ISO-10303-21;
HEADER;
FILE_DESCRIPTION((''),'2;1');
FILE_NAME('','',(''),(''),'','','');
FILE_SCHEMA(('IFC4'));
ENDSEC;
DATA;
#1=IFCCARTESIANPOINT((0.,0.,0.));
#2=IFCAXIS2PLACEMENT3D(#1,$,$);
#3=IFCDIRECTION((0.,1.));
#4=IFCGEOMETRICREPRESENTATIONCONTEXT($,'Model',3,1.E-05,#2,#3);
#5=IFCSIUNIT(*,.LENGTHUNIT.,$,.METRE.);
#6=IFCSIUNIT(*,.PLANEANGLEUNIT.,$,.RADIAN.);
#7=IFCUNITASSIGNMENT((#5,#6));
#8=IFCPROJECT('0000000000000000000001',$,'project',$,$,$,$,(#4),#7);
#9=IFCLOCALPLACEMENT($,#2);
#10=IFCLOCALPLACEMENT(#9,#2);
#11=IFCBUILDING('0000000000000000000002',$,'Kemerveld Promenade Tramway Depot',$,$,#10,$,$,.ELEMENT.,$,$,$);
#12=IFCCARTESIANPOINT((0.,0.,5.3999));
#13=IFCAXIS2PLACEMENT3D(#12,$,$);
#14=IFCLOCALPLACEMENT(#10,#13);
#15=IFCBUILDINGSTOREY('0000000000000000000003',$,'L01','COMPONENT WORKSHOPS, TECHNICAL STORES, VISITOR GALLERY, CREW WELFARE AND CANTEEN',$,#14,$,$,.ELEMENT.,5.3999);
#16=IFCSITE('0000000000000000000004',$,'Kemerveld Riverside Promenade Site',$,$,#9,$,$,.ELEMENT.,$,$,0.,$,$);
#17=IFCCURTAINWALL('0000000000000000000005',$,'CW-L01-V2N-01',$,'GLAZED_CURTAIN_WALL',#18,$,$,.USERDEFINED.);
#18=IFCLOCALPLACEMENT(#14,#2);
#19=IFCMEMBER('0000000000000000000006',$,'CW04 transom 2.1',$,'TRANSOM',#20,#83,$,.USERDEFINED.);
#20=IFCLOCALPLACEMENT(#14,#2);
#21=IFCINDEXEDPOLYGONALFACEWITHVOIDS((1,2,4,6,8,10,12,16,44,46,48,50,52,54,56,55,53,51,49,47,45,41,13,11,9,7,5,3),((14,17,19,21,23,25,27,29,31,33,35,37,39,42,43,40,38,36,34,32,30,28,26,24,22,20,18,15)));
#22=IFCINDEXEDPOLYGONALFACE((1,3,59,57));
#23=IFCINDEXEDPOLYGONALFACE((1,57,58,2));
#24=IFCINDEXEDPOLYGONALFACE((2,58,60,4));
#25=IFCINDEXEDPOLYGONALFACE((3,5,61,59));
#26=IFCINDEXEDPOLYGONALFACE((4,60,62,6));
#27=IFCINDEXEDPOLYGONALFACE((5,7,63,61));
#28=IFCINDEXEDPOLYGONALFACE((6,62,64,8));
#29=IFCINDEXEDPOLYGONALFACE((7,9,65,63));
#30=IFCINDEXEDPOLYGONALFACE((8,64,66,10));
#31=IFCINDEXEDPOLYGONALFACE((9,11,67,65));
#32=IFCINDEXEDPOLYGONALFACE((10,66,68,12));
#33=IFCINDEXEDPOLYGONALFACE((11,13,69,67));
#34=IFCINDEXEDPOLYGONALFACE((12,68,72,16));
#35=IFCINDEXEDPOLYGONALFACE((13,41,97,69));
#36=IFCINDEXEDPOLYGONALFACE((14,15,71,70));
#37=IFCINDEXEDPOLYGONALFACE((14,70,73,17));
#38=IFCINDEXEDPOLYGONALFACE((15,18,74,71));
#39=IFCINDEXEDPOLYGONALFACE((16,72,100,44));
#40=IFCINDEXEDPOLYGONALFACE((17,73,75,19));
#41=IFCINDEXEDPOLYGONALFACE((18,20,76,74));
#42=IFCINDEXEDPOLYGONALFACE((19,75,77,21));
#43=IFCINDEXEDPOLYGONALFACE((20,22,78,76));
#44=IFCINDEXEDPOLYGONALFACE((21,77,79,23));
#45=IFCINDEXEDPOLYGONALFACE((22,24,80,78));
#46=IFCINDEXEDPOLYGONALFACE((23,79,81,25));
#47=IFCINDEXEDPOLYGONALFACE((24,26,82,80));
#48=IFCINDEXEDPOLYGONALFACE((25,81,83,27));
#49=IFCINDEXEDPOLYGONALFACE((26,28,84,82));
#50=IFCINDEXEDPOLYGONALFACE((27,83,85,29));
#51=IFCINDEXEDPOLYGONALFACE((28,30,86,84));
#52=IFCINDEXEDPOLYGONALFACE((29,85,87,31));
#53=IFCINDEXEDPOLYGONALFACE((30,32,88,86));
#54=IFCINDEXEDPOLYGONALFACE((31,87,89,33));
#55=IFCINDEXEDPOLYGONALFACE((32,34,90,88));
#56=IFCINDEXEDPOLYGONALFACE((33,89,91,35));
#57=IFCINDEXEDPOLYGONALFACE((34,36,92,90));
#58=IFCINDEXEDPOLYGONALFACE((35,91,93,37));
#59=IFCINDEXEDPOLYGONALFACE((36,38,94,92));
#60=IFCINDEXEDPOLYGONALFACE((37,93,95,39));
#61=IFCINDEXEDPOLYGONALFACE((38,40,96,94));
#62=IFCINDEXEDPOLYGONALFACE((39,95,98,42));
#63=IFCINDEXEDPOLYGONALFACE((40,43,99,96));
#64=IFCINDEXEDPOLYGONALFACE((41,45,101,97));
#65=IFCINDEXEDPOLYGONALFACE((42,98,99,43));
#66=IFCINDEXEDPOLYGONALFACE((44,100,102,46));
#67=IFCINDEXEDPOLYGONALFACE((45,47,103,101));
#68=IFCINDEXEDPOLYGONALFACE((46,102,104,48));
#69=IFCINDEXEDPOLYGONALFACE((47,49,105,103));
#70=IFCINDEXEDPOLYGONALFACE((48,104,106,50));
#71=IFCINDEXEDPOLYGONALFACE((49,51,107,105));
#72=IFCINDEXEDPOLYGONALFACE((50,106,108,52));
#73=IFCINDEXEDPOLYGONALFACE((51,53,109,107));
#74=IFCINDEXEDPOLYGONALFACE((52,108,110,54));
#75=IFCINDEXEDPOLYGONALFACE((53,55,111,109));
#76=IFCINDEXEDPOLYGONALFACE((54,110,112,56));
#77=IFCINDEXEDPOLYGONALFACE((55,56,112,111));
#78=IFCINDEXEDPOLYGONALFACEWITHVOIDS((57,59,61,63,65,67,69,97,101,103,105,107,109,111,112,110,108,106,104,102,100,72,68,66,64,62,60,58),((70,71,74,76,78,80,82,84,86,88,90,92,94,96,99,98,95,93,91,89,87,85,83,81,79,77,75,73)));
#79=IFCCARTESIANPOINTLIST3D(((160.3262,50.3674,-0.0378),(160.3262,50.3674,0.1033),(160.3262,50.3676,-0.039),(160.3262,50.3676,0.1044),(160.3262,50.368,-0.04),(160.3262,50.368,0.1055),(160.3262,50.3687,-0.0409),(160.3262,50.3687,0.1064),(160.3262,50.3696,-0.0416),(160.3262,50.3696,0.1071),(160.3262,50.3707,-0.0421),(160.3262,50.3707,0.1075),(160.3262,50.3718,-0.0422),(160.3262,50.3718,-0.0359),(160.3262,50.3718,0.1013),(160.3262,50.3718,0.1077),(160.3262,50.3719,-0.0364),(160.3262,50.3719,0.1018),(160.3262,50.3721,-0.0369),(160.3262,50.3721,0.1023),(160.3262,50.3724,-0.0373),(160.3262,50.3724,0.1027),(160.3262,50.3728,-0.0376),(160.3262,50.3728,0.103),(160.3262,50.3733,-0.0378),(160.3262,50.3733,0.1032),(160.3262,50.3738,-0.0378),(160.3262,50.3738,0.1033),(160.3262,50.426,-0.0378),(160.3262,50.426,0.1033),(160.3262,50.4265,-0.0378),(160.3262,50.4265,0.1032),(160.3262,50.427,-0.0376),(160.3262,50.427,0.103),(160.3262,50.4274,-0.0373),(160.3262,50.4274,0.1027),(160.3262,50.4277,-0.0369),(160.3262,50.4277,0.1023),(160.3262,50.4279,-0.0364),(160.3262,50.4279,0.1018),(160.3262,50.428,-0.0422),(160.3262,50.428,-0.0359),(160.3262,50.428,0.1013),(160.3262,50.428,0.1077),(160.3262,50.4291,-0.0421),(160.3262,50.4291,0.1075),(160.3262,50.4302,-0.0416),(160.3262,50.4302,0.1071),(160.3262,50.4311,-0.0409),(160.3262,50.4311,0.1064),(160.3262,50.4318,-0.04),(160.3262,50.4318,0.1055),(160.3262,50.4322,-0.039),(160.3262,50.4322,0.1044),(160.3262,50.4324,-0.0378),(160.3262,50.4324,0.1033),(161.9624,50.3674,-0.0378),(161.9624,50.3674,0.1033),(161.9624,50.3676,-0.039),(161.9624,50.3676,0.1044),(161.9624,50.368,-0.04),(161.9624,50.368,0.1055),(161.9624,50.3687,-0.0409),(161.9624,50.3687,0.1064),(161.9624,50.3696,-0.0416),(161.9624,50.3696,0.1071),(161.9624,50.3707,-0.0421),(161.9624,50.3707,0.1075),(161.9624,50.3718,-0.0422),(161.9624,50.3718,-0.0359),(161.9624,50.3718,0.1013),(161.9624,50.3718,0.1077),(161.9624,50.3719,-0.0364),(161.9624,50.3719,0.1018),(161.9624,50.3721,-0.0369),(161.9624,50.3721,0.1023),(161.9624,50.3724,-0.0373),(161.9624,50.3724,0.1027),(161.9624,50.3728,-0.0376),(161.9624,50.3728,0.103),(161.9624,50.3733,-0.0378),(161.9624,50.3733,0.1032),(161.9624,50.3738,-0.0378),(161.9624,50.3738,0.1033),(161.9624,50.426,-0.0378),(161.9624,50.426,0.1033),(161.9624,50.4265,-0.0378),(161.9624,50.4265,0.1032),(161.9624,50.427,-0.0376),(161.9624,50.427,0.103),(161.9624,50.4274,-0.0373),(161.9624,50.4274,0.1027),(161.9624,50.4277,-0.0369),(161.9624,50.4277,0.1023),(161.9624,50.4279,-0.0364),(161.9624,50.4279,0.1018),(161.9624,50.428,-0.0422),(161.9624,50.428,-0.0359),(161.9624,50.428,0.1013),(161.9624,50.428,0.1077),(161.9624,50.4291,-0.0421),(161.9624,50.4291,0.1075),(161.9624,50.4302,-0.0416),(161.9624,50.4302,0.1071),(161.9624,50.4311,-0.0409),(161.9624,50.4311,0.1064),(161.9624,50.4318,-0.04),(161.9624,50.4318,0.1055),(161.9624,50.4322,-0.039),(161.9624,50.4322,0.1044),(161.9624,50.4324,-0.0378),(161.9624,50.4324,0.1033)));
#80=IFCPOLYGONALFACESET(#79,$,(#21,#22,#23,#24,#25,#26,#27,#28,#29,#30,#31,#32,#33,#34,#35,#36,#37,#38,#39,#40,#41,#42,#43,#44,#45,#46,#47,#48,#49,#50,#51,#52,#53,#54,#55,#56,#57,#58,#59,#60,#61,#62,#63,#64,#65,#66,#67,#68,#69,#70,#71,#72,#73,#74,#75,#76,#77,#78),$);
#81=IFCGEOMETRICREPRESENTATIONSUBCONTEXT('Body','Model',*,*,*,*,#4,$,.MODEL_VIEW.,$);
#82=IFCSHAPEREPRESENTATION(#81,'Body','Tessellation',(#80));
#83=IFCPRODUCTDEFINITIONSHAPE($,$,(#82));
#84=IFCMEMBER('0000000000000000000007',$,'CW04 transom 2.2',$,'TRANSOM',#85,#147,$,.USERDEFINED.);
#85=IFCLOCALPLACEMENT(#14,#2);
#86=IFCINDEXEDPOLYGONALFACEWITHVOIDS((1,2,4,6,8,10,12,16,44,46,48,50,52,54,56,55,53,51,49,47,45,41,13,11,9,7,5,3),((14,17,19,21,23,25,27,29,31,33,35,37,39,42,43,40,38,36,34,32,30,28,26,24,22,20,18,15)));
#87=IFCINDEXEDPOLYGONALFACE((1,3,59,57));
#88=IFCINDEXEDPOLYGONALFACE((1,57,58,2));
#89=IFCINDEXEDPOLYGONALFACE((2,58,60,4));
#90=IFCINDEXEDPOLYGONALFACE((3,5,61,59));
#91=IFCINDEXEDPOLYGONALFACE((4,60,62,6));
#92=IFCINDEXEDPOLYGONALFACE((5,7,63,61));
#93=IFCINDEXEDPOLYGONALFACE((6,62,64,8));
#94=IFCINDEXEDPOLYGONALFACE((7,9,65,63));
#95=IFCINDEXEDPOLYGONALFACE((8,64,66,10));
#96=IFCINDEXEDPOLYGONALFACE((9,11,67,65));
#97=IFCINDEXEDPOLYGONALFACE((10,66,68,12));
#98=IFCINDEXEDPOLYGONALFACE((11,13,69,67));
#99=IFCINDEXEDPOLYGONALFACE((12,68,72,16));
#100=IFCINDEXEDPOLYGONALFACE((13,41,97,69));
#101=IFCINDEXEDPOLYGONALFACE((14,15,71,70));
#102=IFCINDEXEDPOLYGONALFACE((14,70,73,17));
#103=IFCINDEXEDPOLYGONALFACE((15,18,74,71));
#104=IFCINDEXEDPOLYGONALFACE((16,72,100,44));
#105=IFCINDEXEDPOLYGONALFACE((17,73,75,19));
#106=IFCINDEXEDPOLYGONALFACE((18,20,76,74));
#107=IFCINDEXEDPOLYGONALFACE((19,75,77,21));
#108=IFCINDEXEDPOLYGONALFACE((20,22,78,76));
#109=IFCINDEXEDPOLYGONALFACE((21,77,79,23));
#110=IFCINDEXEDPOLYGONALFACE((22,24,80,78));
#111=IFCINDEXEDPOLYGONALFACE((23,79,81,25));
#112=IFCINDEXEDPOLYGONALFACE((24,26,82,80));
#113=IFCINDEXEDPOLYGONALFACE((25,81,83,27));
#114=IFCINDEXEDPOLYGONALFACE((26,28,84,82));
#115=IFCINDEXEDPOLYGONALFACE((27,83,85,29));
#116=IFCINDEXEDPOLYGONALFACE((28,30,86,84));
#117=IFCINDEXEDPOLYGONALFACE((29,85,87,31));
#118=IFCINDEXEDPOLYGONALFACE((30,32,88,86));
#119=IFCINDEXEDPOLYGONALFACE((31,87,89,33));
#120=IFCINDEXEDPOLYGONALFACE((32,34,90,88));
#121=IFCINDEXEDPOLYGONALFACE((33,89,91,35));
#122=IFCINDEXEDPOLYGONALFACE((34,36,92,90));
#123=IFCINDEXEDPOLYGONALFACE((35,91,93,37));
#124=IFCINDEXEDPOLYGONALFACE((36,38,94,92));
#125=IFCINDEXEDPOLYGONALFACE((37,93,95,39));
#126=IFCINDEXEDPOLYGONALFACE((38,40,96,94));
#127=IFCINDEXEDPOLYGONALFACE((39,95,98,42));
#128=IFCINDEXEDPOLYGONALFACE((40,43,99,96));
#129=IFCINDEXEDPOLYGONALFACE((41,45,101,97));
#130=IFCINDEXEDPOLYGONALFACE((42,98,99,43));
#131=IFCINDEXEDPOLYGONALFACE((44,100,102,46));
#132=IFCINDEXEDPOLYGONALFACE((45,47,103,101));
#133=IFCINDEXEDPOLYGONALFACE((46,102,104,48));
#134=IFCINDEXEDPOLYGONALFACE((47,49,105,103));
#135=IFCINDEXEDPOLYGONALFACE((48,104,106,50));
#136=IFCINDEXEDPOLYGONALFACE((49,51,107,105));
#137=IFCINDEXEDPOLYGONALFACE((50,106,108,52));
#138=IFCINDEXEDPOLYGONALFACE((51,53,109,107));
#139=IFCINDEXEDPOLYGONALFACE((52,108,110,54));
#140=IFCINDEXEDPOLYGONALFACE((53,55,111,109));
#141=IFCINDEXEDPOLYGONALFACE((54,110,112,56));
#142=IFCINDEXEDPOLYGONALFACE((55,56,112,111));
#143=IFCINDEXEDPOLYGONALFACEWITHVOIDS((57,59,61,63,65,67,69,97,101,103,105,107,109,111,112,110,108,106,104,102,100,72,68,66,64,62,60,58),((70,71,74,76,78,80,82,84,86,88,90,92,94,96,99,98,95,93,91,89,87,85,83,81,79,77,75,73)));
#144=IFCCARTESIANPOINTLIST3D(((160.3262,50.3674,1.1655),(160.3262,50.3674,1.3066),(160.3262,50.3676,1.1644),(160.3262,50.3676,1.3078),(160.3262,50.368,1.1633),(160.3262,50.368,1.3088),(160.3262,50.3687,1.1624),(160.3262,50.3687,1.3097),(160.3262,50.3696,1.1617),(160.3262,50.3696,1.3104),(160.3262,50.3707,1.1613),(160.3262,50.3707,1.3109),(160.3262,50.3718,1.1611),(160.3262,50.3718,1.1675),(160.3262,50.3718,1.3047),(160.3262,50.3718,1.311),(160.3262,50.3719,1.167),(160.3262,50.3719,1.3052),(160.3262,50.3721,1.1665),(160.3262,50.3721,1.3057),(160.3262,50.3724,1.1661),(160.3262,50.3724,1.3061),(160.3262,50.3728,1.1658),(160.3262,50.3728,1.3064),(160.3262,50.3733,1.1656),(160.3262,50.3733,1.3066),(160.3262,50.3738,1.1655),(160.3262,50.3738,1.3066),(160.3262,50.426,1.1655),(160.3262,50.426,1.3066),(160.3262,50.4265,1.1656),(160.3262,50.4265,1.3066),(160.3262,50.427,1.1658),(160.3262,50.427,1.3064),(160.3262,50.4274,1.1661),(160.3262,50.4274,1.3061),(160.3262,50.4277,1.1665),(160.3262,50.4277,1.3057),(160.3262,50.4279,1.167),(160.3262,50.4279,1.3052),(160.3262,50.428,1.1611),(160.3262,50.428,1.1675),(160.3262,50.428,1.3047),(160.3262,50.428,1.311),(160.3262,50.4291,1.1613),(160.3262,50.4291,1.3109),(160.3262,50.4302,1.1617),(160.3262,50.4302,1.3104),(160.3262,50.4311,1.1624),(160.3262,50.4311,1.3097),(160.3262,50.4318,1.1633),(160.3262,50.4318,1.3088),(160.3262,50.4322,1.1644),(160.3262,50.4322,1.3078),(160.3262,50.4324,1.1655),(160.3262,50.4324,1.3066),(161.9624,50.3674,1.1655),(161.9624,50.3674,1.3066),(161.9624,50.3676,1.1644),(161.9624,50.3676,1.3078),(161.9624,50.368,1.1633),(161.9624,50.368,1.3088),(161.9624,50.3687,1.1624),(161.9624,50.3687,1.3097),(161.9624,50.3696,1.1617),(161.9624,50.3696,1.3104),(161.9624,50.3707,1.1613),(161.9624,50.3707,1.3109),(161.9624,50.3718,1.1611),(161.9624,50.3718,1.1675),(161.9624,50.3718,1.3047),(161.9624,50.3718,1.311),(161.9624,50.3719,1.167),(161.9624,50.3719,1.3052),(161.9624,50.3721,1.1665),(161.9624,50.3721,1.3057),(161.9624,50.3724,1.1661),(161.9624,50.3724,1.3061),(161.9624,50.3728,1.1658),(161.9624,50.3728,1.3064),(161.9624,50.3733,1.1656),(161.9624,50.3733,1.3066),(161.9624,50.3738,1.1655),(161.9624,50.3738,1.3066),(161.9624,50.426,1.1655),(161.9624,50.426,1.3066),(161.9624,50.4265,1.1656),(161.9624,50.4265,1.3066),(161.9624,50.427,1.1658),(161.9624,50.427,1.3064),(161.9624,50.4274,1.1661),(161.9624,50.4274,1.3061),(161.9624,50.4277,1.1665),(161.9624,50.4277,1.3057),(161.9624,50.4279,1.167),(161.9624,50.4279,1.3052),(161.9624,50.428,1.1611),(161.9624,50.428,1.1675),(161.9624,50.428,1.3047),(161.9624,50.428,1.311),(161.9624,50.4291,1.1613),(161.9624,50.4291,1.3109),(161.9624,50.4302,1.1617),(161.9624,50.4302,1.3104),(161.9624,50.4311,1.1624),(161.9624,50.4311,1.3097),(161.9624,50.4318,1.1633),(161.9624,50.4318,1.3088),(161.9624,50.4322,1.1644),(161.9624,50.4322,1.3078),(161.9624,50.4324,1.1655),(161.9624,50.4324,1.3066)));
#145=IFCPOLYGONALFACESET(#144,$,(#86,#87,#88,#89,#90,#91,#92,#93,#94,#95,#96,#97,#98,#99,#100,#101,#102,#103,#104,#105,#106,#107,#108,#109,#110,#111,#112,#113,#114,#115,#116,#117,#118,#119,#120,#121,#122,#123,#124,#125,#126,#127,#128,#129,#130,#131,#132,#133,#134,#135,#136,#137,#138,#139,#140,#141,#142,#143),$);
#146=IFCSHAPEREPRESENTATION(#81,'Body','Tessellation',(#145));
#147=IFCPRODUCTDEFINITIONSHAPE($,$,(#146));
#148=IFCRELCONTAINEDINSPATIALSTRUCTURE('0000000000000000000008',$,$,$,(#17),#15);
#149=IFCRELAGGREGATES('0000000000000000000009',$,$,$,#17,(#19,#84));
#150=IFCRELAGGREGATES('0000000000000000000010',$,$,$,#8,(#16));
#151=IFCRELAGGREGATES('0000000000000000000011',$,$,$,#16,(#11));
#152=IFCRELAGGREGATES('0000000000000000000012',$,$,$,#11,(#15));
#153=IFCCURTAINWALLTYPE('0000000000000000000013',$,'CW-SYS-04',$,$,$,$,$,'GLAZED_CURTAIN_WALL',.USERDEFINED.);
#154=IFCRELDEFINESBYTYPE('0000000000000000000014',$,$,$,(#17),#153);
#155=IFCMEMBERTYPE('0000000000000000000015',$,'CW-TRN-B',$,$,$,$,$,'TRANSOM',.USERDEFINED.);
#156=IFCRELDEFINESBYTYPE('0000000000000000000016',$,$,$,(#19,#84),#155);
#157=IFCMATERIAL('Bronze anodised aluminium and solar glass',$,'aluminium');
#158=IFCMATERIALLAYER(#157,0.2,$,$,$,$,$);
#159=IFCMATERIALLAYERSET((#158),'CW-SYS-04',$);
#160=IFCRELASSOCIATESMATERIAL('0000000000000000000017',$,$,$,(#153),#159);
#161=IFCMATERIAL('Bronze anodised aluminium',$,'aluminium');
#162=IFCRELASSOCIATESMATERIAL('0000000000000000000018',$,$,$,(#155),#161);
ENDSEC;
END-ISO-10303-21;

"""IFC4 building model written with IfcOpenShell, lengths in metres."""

from ifc_helpers import new_model, si_unit, direction, frame, origin, origin_2d, place, context, subcontext, project, spatial, hollow_rectangle, extrude, material, layer, layer_set, material_profile, profile_set, type_object, element, aggregate, save


model = new_model("IFC4")

# Units and contexts
model_context = context("Model", 3, precision=1e-05, world=origin(), true_north=direction((0.0, 1.0)))
body_context = subcontext(model_context, "Body", "Model", "MODEL_VIEW")
ifc_project = project(units=[si_unit("LENGTHUNIT", "METRE"), si_unit("PLANEANGLEUNIT", "RADIAN")], contexts=[model_context])

# Site, building, storey
site_placement = place(None, origin())
site = spatial("IfcSite", under=ifc_project, at=site_placement, Name="Kemerveld Riverside Promenade Site", CompositionType="ELEMENT", RefElevation=0.0)
building_placement = place(site_placement, origin())
building = spatial("IfcBuilding", under=site, at=building_placement, Name="Kemerveld Promenade Tramway Depot", CompositionType="ELEMENT")
storey_placement = place(building_placement, frame((0.0, 0.0, 5.3999)))
storey = spatial("IfcBuildingStorey", under=building, at=storey_placement, Name="L01", Description="COMPONENT WORKSHOPS, TECHNICAL STORES, VISITOR GALLERY, CREW WELFARE AND CANTEEN", CompositionType="ELEMENT", Elevation=5.3999)

# Curtain wall
ifc_material_1 = material(Name="Bronze anodised aluminium and solar glass", Category="aluminium")
ifc_layer_1 = layer(ifc_material_1, 0.2)
ifc_layer_set_1 = layer_set([ifc_layer_1], Name="CW-SYS-04")
curtain_wall_type_1 = type_object("IfcCurtainWallType", Name="CW-SYS-04", ElementType="GLAZED_CURTAIN_WALL", PredefinedType="USERDEFINED", material=ifc_layer_set_1)
curtain_wall_1_placement = place(storey_placement, origin())
curtain_wall_1 = element("IfcCurtainWall", 1, at=curtain_wall_1_placement, inside=storey, type_object=curtain_wall_type_1, Name="CW-L01-V2N-01", ObjectType="GLAZED_CURTAIN_WALL", PredefinedType="USERDEFINED")
ifc_material_2 = material(Name="Bronze anodised aluminium", Category="aluminium")

# Members
ifc_material_profile_1 = material_profile(ifc_material_2, hollow_rectangle(XDim=0.0649, YDim=0.1499, WallThickness=0.0044, InnerFilletRadius=0.002, OuterFilletRadius=0.0044, at=origin_2d()), Name="CW-TRN-150x65")
ifc_profile_set_1 = profile_set([ifc_material_profile_1], Name="Bronze anodised aluminium")
member_type_1 = type_object("IfcMemberType", Name="CW-TRN-B", ElementType="TRANSOM", PredefinedType="USERDEFINED", material=ifc_profile_set_1)
member_1_placement = place(storey_placement, frame((160.3262, 50.3999, 0.0327), z_axis=(1.0, 0.0, 0.0), x_axis=(0.0, 1.0, 0.0)))
member_1 = element("IfcMember", 2, at=member_1_placement, type_object=member_type_1, Name="CW04 transom 2.1", ObjectType="TRANSOM", PredefinedType="USERDEFINED", context=body_context, shape_type="SweptSolid", body=[
    extrude(hollow_rectangle(XDim=0.0649, YDim=0.1499, WallThickness=0.0044, InnerFilletRadius=0.002, OuterFilletRadius=0.0044, at=origin_2d()), origin(), (0.0, 0.0, 1.0), 1.6362),
])
member_2_placement = place(storey_placement, frame((160.3262, 50.3999, 1.2361), z_axis=(1.0, 0.0, 0.0), x_axis=(0.0, 1.0, 0.0)))
member_2 = element("IfcMember", 3, at=member_2_placement, type_object=member_type_1, Name="CW04 transom 2.2", ObjectType="TRANSOM", PredefinedType="USERDEFINED", context=body_context, shape_type="SweptSolid", body=[
    extrude(hollow_rectangle(XDim=0.0649, YDim=0.1499, WallThickness=0.0044, InnerFilletRadius=0.002, OuterFilletRadius=0.0044, at=origin_2d()), origin(), (0.0, 0.0, 1.0), 1.6362),
])

aggregate(curtain_wall_1, [member_1, member_2])

save(model, "model.ifc")
